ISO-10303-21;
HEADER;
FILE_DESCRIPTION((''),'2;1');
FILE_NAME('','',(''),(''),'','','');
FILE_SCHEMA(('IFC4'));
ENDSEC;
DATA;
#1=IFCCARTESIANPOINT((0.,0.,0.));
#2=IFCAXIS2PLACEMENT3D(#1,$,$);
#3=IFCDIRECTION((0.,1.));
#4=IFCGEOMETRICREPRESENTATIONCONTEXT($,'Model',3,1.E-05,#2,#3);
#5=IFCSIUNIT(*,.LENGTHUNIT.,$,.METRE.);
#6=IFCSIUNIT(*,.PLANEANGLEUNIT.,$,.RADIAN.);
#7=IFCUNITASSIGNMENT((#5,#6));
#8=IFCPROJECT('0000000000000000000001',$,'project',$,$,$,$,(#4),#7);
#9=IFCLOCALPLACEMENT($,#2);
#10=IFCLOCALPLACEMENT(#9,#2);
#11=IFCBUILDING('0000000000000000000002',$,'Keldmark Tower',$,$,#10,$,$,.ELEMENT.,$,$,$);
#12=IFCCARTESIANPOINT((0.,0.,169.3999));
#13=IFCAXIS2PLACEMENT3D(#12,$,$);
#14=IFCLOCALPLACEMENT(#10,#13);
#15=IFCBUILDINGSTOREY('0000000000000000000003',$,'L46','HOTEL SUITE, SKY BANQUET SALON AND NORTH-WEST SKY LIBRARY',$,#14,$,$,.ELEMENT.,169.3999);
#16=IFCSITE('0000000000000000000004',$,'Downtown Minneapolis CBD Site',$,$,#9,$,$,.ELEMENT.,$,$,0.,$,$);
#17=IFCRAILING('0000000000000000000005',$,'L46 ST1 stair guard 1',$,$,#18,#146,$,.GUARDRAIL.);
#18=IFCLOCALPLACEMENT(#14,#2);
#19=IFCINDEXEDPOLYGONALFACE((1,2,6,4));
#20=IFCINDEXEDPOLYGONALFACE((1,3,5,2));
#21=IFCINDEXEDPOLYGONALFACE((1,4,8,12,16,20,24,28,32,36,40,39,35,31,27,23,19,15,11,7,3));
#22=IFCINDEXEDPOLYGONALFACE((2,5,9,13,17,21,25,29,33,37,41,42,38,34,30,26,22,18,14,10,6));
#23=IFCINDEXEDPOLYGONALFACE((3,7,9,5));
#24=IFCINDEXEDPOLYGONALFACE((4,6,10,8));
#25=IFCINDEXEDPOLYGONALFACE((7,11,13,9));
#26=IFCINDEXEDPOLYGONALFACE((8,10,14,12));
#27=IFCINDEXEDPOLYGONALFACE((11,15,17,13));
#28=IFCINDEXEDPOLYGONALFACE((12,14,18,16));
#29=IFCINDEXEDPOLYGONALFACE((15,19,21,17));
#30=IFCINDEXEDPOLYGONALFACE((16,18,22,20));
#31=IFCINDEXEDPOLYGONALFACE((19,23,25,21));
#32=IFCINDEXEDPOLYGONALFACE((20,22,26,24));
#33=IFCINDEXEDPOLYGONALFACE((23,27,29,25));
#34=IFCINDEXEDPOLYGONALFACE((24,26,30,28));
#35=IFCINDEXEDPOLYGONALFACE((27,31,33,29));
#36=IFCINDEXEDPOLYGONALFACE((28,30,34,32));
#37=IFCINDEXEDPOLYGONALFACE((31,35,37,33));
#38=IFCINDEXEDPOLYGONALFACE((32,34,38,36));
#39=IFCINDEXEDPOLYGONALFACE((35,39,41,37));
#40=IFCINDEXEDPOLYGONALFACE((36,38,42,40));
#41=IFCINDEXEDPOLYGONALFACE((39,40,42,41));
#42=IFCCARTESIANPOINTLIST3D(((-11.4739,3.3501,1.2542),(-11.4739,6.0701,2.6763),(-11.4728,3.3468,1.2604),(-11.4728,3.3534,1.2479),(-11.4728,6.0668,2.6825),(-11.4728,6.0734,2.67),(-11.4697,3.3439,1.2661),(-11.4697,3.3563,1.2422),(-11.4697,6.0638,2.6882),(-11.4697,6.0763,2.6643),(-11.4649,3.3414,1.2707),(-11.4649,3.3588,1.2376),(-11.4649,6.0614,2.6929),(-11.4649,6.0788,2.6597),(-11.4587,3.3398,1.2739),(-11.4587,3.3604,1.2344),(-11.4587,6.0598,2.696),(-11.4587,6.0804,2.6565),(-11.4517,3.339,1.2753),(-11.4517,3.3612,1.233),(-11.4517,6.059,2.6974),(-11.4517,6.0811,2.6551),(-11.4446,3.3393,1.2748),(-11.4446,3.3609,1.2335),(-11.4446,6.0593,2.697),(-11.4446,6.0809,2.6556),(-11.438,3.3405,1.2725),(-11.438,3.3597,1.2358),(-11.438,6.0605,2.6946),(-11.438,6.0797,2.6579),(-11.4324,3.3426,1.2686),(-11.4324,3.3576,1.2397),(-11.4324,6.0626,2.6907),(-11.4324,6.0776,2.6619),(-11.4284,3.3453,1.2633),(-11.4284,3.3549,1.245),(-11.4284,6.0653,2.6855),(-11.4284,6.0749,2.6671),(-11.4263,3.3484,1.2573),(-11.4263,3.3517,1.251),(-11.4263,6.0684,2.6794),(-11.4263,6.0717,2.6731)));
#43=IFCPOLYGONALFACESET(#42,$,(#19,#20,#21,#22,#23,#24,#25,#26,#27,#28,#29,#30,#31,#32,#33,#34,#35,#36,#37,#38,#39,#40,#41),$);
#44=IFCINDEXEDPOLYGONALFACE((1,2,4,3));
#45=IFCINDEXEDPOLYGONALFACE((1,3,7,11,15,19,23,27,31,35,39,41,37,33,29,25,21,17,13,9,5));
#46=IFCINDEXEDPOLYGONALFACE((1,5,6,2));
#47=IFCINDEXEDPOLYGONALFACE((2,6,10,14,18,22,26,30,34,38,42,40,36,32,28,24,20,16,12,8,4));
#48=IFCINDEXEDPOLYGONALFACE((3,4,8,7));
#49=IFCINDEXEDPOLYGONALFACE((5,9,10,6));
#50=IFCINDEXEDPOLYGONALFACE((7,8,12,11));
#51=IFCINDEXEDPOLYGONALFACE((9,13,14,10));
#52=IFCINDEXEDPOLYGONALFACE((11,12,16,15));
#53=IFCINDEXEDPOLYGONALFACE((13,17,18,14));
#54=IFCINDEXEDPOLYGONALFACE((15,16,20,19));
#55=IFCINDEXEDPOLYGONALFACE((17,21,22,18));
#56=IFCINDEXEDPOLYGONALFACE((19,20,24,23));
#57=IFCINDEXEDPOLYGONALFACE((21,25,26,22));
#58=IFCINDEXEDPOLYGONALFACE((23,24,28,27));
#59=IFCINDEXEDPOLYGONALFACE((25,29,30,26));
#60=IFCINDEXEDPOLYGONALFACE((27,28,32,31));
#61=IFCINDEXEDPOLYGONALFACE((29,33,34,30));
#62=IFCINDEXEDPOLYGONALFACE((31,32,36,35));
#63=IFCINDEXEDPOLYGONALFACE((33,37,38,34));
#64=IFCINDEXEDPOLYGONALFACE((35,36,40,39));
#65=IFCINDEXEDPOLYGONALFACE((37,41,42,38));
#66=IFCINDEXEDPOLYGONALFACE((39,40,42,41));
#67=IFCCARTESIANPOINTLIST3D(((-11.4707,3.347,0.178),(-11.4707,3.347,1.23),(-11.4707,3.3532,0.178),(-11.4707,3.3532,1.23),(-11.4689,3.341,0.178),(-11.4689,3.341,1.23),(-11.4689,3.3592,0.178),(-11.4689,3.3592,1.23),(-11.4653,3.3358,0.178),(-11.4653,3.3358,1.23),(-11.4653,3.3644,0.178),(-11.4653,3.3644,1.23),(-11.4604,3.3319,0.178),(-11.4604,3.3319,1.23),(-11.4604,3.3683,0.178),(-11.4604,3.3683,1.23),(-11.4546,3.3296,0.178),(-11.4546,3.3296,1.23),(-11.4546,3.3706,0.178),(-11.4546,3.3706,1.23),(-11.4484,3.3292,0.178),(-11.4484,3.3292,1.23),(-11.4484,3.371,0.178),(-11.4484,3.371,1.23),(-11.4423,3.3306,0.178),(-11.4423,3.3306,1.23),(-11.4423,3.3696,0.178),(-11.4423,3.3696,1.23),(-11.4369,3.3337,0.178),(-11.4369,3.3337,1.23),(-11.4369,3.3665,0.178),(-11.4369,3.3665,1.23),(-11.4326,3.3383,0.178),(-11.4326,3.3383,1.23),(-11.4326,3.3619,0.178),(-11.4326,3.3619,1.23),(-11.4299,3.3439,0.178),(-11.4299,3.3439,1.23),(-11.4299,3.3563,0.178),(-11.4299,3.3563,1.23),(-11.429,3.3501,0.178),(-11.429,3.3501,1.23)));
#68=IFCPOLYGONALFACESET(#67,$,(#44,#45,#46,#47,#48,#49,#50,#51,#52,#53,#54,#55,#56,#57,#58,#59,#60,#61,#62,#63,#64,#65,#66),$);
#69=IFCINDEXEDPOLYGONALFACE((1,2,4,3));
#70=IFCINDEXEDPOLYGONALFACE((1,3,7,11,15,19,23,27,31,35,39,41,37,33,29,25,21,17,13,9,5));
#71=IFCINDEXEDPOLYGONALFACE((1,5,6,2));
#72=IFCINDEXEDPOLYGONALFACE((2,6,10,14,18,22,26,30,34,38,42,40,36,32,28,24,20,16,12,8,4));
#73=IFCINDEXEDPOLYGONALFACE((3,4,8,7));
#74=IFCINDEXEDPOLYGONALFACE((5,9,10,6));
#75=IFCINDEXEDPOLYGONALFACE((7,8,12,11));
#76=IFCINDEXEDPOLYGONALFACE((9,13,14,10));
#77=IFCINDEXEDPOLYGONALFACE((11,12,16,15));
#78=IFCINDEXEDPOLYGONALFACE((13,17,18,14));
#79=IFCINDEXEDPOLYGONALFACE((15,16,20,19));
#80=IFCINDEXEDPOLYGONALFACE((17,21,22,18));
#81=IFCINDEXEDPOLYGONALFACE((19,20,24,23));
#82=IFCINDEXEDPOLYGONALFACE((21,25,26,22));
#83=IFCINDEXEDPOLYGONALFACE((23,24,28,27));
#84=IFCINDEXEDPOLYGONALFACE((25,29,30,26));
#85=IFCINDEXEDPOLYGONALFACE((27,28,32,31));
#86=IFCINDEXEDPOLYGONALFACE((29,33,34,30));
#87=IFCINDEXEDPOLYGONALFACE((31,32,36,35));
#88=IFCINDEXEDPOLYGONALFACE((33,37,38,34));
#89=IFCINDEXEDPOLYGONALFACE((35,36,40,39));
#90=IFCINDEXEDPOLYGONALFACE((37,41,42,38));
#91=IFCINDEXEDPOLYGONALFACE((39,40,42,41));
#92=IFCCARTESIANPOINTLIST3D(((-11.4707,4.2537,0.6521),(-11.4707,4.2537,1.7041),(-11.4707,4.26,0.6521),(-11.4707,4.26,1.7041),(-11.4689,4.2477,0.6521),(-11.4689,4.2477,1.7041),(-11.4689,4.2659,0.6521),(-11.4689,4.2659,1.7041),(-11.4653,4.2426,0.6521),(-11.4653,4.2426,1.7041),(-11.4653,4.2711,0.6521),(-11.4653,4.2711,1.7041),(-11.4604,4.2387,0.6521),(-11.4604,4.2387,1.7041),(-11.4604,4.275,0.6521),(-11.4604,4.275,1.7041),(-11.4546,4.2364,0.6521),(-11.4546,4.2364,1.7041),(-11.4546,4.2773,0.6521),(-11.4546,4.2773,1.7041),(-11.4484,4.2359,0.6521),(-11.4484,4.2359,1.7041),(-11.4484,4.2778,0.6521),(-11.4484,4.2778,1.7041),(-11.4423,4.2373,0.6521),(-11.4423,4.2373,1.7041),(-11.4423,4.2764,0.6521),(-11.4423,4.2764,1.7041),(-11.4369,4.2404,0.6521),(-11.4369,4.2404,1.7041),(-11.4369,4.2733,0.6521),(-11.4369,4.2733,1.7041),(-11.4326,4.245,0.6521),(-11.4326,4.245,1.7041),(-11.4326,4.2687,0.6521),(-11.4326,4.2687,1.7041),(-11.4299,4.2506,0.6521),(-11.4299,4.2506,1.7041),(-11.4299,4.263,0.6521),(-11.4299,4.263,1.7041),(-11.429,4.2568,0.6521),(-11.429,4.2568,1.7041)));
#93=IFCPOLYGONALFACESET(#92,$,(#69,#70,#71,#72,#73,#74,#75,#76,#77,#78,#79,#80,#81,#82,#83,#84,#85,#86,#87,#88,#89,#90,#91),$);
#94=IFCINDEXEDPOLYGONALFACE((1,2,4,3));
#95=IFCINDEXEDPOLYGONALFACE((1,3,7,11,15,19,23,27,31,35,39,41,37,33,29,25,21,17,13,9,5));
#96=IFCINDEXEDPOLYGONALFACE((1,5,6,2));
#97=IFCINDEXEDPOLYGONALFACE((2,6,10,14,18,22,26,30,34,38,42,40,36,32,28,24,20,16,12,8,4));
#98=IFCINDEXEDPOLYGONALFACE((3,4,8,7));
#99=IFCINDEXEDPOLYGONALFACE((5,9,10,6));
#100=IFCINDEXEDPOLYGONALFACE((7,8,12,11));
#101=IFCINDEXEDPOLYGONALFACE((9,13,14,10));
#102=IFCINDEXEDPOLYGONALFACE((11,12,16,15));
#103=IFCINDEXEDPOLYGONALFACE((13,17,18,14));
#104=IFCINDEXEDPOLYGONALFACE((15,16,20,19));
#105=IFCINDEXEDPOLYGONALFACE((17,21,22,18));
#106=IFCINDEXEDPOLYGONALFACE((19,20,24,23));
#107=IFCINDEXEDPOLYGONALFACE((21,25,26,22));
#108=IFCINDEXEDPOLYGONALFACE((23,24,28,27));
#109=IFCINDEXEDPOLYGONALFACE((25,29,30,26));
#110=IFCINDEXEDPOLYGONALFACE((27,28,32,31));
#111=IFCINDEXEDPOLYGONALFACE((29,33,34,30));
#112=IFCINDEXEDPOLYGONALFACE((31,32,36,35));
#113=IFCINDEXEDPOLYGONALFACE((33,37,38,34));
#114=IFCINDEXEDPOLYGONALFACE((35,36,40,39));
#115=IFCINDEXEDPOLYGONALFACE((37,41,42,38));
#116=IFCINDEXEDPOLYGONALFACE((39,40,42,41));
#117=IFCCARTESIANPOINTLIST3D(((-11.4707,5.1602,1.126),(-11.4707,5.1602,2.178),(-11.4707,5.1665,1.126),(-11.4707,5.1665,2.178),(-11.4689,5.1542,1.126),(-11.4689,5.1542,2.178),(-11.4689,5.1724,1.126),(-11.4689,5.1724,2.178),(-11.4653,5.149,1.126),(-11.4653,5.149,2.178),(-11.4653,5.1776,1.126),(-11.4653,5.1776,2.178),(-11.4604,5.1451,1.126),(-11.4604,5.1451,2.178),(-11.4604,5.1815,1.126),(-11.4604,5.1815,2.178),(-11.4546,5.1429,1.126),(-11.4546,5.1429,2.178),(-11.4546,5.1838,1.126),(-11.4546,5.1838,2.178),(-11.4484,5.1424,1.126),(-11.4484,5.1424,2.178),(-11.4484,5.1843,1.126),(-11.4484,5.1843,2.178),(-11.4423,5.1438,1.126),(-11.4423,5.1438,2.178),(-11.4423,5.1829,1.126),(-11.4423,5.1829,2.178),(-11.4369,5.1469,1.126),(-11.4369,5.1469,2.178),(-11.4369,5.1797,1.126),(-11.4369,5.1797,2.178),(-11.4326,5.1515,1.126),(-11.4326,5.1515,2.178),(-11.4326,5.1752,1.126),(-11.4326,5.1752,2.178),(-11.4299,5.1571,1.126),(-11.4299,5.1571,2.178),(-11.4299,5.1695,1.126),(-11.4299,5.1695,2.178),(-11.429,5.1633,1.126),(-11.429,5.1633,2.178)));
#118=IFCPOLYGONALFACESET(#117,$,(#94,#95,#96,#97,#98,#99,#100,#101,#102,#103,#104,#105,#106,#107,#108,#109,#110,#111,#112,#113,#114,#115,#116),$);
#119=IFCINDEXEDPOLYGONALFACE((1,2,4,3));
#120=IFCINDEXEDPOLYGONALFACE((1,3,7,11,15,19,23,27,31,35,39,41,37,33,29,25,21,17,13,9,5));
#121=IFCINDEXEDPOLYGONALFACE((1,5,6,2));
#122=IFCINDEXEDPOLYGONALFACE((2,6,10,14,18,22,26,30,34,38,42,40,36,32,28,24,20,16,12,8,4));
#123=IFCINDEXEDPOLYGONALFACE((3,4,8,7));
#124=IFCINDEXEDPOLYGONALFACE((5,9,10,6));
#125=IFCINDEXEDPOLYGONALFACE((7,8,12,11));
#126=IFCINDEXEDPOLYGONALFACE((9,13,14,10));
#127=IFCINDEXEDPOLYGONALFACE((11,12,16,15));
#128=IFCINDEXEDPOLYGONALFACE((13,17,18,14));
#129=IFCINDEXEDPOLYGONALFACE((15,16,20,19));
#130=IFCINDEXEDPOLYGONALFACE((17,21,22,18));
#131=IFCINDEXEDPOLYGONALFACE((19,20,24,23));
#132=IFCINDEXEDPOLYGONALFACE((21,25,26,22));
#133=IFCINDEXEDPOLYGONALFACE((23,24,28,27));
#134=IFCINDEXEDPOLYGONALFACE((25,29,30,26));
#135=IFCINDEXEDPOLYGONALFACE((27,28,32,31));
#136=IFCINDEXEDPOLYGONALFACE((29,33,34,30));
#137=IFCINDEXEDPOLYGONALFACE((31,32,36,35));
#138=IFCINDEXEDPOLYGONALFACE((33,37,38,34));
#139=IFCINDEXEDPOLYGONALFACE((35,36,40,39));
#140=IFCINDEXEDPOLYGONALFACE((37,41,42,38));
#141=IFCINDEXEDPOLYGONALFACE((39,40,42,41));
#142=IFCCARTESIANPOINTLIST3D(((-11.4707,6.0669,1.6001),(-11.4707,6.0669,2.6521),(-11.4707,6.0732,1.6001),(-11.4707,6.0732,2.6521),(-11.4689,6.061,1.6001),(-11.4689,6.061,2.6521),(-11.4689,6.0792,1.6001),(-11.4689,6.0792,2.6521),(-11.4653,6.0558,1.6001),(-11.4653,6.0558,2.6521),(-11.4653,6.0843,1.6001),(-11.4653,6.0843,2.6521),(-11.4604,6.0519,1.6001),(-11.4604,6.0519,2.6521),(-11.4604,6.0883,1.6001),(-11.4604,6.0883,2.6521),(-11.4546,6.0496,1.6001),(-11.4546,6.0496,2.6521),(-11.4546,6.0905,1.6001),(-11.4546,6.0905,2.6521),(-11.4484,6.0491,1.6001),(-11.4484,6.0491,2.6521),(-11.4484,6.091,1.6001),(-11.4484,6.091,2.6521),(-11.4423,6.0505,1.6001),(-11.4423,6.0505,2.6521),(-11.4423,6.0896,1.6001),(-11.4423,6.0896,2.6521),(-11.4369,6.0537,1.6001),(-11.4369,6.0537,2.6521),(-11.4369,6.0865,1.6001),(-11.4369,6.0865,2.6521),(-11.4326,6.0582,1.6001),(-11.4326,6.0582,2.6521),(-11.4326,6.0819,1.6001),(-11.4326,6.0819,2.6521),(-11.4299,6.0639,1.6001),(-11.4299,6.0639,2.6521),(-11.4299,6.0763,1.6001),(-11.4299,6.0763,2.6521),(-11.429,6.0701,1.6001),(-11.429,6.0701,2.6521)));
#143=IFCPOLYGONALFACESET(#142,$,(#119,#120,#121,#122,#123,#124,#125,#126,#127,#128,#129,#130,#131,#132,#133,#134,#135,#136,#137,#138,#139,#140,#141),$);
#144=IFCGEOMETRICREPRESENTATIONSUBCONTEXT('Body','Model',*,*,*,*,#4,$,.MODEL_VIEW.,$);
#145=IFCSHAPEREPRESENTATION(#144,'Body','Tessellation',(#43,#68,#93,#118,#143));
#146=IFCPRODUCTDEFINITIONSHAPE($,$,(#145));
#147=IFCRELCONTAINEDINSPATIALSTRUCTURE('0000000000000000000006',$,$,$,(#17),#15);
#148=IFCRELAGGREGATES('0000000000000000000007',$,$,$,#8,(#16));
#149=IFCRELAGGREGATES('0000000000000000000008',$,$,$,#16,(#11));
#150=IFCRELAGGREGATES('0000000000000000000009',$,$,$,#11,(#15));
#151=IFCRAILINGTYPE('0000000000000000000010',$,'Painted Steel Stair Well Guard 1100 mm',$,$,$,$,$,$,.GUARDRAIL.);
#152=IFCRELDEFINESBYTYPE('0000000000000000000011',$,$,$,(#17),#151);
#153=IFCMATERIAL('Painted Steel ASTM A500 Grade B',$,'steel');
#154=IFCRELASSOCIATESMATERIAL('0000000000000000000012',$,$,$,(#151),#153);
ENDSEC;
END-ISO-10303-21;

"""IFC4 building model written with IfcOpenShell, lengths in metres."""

from ifc_helpers import new_model, si_unit, direction, frame, origin, origin_2d, place, context, subcontext, project, spatial, circle, extrude, material, type_object, element, save


model = new_model("IFC4")

# Units and contexts
model_context = context("Model", 3, precision=1e-05, world=origin(), true_north=direction((0.0, 1.0)))
body_context = subcontext(model_context, "Body", "Model", "MODEL_VIEW")
ifc_project = project(units=[si_unit("LENGTHUNIT", "METRE"), si_unit("PLANEANGLEUNIT", "RADIAN")], contexts=[model_context])

# Site, building, storey
site_placement = place(None, origin())
site = spatial("IfcSite", under=ifc_project, at=site_placement, Name="Downtown Minneapolis CBD Site", CompositionType="ELEMENT", RefElevation=0.0)
building_placement = place(site_placement, origin())
building = spatial("IfcBuilding", under=site, at=building_placement, Name="Keldmark Tower", CompositionType="ELEMENT")
storey_placement = place(building_placement, frame((0.0, 0.0, 169.3999)))
storey = spatial("IfcBuildingStorey", under=building, at=storey_placement, Name="L46", Description="HOTEL SUITE, SKY BANQUET SALON AND NORTH-WEST SKY LIBRARY", CompositionType="ELEMENT", Elevation=169.3999)

# Railing
ifc_material_1 = material(Name="Painted Steel ASTM A500 Grade B", Category="steel")
railing_type_1 = type_object("IfcRailingType", Name="Painted Steel Stair Well Guard 1100 mm", PredefinedType="GUARDRAIL", material=ifc_material_1)
railing_1_placement = place(storey_placement, frame((-11.45, 3.3501, 0.178)))
element("IfcRailing", 1, at=railing_1_placement, inside=storey, type_object=railing_type_1, Name="L46 ST1 stair guard 1", PredefinedType="GUARDRAIL", context=body_context, shape_type="SweptSolid", body=[
    extrude(circle(Radius=0.0239, at=origin_2d()), frame((0.0, 0.0, 1.0762), z_axis=(0.0, 0.886183, 0.463335), x_axis=(-1.0, 0.0, 0.0)), (0.0, 0.0, 1.0), 3.0693),
    extrude(circle(Radius=0.021, at=origin_2d()), origin(), (0.0, 0.0, 1.0), 1.052),
    extrude(circle(Radius=0.021, at=origin_2d()), frame((0.0, 0.9067, 0.4741)), (0.0, 0.0, 1.0), 1.052),
    extrude(circle(Radius=0.021, at=origin_2d()), frame((0.0, 1.8132, 0.948)), (0.0, 0.0, 1.0), 1.052),
    extrude(circle(Radius=0.021, at=origin_2d()), frame((0.0, 2.72, 1.4221)), (0.0, 0.0, 1.0), 1.052),
])

save(model, "model.ifc")
